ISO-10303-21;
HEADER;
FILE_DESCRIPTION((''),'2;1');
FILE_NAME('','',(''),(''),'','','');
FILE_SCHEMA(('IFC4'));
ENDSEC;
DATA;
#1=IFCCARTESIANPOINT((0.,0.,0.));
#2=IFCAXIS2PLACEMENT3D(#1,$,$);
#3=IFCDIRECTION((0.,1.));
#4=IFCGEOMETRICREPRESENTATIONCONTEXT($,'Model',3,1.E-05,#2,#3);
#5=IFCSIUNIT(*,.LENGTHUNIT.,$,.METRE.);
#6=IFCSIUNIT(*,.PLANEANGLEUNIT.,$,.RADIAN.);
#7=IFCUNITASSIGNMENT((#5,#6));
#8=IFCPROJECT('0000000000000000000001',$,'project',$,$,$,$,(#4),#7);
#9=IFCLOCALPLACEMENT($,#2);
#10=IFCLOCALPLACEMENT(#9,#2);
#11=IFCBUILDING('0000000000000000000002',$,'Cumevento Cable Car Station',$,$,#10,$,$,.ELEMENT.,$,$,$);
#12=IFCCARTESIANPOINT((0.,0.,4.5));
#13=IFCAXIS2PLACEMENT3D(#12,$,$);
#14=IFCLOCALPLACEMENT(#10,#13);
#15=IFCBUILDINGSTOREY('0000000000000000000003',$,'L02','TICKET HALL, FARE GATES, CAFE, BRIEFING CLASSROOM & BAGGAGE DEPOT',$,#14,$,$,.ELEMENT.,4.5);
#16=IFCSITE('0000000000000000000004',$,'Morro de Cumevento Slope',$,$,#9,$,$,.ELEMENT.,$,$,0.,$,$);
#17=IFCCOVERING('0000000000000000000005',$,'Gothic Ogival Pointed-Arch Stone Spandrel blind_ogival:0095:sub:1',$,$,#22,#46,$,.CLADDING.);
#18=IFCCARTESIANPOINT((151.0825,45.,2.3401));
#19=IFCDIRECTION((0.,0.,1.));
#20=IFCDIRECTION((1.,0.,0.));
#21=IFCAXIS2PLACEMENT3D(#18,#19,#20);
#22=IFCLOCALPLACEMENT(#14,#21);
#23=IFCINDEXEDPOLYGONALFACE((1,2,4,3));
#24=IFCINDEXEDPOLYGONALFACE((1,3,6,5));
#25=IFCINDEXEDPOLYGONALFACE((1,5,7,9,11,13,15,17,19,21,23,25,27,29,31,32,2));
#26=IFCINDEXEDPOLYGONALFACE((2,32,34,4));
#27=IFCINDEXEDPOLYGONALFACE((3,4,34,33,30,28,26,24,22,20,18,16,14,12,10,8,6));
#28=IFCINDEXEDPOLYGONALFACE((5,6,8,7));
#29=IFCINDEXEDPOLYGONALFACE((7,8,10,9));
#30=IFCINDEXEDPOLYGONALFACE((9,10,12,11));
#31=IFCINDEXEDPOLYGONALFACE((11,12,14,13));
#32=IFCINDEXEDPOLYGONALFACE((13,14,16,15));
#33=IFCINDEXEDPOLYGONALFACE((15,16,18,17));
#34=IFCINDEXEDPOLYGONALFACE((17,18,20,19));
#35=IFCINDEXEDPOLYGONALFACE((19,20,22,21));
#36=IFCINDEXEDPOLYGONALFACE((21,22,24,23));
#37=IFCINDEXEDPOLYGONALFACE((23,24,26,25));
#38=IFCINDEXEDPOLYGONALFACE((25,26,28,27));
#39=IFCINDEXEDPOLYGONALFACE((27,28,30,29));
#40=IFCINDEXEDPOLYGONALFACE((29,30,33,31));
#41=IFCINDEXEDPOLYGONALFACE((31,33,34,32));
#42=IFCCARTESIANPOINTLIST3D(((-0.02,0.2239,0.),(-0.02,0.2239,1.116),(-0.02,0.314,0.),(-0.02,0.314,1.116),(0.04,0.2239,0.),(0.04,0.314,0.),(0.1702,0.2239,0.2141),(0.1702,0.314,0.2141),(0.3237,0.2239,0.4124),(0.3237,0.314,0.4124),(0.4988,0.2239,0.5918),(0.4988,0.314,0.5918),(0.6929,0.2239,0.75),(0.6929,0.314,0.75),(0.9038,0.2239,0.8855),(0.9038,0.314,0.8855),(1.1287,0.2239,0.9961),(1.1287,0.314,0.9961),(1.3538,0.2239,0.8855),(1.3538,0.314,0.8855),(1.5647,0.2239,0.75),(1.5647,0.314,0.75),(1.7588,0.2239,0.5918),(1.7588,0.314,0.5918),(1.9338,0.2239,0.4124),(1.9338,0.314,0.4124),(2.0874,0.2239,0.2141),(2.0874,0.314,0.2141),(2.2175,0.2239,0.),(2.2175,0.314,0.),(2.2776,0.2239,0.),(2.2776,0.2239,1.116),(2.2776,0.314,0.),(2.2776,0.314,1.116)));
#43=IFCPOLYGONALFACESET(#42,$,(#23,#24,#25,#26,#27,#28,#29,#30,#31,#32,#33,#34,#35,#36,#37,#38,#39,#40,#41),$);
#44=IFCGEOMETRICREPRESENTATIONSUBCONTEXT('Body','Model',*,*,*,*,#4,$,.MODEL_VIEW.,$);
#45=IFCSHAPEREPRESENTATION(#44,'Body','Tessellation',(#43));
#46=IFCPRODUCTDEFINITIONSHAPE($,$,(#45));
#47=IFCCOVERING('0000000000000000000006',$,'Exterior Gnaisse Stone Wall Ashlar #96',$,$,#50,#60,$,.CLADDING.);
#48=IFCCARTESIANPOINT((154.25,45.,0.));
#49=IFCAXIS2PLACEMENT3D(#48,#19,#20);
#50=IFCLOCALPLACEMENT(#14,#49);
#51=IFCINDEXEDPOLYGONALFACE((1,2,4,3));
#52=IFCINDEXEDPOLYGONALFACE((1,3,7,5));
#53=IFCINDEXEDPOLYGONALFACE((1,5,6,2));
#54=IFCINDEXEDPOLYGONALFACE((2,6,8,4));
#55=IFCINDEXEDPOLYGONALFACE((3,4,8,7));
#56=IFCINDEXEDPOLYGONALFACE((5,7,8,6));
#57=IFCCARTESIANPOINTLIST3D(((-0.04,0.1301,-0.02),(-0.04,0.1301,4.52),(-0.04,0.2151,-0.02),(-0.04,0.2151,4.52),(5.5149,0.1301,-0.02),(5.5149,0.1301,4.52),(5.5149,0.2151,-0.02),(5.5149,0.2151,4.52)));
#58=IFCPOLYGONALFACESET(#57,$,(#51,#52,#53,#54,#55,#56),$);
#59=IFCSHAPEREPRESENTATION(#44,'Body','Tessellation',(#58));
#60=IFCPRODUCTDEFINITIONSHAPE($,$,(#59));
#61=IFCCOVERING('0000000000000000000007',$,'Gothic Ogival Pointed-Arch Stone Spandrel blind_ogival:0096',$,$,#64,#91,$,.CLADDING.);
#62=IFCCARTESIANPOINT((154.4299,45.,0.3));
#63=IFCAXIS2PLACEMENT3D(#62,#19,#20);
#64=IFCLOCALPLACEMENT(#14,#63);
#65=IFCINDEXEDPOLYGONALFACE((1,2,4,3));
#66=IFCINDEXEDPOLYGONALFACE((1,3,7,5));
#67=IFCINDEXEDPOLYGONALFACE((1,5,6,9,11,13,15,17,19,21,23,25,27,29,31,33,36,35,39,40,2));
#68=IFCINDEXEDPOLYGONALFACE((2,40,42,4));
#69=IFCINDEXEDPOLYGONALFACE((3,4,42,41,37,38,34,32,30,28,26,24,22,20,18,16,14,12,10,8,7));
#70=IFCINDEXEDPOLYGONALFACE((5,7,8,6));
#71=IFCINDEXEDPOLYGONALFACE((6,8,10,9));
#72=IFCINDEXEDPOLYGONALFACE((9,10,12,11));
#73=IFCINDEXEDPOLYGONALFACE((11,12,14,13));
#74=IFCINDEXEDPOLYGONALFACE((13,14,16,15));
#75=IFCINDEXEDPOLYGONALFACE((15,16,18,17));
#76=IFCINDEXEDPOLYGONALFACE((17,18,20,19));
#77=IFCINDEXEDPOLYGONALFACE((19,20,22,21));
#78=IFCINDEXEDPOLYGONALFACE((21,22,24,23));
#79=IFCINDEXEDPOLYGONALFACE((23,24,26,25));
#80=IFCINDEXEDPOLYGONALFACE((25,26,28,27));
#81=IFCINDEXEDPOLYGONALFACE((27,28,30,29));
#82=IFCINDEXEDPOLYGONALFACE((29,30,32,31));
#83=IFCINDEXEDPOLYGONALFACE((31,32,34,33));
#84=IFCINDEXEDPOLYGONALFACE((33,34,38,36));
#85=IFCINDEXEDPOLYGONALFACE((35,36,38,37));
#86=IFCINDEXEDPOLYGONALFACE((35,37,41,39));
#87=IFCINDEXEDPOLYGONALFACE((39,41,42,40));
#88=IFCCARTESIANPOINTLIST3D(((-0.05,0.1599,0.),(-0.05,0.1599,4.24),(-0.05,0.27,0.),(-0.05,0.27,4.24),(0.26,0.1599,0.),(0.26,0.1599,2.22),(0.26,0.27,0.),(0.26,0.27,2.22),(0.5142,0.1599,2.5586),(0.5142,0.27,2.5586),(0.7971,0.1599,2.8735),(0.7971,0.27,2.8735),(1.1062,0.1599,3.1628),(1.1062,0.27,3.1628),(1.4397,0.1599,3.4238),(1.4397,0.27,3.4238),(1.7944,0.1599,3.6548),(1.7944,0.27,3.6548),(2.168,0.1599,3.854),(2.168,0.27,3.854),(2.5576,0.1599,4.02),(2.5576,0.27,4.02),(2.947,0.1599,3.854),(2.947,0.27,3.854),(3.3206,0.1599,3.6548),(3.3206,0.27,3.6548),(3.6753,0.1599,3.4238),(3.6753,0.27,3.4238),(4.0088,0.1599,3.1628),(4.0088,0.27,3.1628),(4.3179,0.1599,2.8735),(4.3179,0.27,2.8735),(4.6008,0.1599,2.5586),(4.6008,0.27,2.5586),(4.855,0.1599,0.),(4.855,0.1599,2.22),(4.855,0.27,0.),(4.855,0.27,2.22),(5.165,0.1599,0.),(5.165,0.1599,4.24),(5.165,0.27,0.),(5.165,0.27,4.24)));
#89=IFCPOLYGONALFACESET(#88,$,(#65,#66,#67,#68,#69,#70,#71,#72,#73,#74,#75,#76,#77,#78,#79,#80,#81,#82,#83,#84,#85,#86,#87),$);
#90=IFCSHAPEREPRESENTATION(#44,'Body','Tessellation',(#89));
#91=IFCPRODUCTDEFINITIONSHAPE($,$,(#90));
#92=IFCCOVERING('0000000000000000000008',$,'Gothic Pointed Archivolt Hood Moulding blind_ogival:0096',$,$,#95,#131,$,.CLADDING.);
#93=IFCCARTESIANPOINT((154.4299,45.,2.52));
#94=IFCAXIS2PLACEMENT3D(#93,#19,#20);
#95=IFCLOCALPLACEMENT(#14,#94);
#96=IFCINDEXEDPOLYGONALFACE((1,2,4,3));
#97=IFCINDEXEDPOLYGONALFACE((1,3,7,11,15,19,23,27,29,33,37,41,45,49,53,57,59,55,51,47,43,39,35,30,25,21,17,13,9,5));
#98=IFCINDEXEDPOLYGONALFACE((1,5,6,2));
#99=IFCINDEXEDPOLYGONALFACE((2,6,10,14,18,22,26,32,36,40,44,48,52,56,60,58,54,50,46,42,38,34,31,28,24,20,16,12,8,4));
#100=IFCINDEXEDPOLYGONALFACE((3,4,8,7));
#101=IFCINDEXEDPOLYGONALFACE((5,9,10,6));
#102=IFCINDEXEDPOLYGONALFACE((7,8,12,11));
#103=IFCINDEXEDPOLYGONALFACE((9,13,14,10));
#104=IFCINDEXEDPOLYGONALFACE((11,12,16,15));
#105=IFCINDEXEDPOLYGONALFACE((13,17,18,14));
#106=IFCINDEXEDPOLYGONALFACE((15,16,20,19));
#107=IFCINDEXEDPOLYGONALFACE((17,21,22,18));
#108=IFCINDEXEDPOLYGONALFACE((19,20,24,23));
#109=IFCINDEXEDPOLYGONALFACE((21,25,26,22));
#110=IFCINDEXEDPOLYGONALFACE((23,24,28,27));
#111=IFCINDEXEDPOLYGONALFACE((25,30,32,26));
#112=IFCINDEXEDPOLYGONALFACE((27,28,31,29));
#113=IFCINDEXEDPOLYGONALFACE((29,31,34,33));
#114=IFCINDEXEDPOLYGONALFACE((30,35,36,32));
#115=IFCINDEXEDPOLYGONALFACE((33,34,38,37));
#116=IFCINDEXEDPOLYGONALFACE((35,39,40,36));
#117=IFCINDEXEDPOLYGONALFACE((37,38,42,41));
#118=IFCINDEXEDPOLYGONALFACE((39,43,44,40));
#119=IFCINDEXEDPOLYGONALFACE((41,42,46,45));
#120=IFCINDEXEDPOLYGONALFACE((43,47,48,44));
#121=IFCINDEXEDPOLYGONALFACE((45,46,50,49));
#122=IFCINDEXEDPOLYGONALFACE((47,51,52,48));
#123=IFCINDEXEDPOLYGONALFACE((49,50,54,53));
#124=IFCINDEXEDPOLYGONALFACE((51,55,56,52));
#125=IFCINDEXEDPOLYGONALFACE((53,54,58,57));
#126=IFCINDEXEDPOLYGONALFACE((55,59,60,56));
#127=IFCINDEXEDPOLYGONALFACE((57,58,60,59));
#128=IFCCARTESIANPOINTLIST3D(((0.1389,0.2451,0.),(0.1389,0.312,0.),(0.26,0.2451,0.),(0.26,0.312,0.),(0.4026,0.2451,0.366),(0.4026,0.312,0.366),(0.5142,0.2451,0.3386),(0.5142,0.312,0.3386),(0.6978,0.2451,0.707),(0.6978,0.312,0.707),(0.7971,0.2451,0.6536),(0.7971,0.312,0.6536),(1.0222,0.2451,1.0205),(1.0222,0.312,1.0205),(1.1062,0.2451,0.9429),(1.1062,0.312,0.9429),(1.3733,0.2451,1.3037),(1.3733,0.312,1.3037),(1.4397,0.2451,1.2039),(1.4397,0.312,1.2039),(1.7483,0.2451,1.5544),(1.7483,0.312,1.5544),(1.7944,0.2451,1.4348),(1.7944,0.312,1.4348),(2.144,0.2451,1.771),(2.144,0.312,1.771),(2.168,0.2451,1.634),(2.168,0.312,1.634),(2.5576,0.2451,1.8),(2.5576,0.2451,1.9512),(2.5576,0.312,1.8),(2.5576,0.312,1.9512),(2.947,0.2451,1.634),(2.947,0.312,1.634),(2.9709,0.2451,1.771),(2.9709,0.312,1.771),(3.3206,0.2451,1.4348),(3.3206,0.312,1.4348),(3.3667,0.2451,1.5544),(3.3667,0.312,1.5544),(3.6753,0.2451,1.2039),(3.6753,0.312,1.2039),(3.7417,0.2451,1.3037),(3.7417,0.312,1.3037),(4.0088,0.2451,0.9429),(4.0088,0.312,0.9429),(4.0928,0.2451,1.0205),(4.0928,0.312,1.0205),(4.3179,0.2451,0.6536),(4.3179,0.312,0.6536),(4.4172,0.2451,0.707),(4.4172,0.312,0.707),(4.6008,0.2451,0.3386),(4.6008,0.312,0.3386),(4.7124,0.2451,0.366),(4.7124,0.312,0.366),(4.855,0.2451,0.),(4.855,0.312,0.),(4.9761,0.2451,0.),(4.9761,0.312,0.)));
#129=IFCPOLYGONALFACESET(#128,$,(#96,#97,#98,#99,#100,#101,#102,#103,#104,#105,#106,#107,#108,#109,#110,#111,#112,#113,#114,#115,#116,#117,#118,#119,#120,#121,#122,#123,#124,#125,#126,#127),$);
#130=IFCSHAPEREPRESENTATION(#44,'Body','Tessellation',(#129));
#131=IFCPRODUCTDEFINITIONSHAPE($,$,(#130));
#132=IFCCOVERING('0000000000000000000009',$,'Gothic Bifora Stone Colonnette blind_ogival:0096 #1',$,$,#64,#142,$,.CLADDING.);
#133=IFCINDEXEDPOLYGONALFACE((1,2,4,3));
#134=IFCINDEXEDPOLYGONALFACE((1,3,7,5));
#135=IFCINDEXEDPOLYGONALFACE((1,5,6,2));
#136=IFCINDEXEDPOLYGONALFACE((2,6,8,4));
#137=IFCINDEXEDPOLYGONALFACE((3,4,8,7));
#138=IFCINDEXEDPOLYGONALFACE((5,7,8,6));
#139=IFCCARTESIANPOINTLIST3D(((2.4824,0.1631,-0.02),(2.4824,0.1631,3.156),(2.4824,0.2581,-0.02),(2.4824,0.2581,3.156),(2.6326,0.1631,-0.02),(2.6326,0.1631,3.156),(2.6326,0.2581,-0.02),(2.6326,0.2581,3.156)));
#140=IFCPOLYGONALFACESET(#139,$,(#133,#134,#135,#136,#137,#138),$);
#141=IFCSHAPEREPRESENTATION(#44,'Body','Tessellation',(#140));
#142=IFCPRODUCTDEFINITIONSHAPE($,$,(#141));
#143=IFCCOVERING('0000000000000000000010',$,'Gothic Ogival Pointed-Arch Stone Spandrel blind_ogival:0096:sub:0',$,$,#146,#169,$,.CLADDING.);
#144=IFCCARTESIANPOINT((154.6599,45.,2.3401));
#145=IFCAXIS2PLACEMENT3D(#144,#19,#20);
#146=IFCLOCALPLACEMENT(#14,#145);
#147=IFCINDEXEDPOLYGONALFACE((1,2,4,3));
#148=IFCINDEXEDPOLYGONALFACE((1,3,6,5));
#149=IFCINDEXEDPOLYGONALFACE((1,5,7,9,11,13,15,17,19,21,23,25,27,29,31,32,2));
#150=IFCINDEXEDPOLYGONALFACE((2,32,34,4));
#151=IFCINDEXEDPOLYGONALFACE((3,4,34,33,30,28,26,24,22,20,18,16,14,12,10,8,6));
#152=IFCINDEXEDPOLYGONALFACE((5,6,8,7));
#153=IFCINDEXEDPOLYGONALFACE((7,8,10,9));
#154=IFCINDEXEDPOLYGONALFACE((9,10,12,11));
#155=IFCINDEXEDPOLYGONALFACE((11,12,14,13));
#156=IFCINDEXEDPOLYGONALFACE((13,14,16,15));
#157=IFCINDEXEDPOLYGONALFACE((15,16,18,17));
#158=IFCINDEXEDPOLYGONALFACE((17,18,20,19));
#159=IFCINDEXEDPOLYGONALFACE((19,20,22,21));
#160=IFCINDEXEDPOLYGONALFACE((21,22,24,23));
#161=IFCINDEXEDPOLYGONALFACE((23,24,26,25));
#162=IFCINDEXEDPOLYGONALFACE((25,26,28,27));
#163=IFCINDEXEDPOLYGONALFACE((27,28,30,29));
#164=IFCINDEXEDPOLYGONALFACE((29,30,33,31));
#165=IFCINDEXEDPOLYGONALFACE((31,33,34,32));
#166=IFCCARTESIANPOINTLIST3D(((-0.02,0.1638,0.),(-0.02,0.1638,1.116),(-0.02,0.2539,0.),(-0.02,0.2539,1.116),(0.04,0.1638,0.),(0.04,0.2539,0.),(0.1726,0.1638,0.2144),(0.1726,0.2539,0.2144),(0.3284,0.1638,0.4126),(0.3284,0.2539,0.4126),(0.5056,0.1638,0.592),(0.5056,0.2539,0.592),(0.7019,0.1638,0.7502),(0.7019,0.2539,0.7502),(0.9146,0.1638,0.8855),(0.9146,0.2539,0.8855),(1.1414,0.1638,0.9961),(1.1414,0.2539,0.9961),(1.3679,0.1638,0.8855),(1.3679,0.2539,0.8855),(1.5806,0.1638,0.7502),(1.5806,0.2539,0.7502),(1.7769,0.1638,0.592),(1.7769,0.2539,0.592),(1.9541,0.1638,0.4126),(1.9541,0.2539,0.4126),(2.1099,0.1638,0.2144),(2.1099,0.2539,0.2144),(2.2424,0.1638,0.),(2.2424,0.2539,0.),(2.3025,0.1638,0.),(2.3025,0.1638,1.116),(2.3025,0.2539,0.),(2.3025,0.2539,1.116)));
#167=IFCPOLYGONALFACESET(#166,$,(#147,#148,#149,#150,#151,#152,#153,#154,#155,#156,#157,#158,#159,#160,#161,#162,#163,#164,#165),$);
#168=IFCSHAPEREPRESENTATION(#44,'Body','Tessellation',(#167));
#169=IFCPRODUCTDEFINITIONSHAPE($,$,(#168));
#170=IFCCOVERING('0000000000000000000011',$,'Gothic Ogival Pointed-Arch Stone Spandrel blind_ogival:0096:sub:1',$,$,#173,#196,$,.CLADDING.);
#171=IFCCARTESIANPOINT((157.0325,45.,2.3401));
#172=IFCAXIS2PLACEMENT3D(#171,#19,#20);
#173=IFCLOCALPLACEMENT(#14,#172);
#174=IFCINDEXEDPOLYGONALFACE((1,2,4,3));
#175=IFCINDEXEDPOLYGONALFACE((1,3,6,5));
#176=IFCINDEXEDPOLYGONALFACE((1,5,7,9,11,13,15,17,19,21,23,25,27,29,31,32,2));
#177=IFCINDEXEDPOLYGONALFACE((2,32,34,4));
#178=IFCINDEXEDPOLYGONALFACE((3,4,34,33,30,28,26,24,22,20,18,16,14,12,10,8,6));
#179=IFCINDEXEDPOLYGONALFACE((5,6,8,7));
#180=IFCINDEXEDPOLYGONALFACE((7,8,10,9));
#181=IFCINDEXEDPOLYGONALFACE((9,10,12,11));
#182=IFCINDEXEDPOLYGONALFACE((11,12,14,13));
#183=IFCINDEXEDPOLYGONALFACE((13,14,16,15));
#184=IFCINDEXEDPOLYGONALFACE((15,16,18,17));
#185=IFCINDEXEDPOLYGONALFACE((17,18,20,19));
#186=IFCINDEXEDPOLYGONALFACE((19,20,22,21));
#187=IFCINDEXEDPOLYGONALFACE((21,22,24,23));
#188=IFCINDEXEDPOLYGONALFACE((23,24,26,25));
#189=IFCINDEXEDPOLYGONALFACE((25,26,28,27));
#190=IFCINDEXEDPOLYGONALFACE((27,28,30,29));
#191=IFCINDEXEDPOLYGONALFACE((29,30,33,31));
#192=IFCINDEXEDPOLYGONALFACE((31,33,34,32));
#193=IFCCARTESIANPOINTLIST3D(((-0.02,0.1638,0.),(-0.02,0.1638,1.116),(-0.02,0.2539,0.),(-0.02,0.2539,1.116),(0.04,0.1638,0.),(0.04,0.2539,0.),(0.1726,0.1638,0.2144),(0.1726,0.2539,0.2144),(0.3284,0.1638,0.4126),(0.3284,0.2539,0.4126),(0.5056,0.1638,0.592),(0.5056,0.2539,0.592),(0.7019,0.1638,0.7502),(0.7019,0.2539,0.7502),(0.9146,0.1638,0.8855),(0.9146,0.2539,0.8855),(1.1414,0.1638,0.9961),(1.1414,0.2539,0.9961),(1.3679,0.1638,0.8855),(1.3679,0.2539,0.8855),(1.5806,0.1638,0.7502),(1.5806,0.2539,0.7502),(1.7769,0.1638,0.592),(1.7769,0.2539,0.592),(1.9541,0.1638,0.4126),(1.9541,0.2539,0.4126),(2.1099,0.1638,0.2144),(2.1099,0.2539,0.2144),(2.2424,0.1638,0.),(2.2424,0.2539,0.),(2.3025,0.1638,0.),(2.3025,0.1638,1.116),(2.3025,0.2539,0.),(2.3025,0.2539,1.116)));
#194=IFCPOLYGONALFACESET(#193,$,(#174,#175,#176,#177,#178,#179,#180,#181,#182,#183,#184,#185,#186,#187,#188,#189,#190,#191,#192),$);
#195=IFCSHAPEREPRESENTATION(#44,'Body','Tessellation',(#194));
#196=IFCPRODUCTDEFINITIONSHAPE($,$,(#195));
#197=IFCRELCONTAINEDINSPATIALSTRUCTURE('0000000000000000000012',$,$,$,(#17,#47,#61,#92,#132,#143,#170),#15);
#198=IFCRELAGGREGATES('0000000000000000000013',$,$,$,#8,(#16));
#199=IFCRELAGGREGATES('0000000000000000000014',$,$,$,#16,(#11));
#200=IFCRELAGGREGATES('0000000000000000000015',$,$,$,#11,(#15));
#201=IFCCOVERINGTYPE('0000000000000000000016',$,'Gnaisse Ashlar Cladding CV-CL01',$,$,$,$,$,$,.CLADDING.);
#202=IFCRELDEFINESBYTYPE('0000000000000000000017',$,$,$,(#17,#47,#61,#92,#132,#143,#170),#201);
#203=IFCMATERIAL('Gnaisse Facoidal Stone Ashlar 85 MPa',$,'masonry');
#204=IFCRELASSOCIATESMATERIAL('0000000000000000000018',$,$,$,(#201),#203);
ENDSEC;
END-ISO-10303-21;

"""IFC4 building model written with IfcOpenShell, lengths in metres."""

from ifc_helpers import new_model, si_unit, direction, frame, origin, place, context, subcontext, project, spatial, polyline, outline, extrude, material, type_object, element, save


model = new_model("IFC4")

# Units and contexts
model_context = context("Model", 3, precision=1e-05, world=origin(), true_north=direction((0.0, 1.0)))
body_context = subcontext(model_context, "Body", "Model", "MODEL_VIEW")
ifc_project = project(units=[si_unit("LENGTHUNIT", "METRE"), si_unit("PLANEANGLEUNIT", "RADIAN")], contexts=[model_context])

# Site, building, storey
site_placement = place(None, origin())
site = spatial("IfcSite", under=ifc_project, at=site_placement, Name="Morro de Cumevento Slope", CompositionType="ELEMENT", RefElevation=0.0)
building_placement = place(site_placement, origin())
building = spatial("IfcBuilding", under=site, at=building_placement, Name="Cumevento Cable Car Station", CompositionType="ELEMENT")
storey_placement = place(building_placement, frame((0.0, 0.0, 4.5)))
storey = spatial("IfcBuildingStorey", under=building, at=storey_placement, Name="L02", Description="TICKET HALL, FARE GATES, CAFE, BRIEFING CLASSROOM & BAGGAGE DEPOT", CompositionType="ELEMENT", Elevation=4.5)

# Coverings
ifc_material_1 = material(Name="Gnaisse Facoidal Stone Ashlar 85 MPa", Category="masonry")
covering_type = type_object("IfcCoveringType", Name="Gnaisse Ashlar Cladding CV-CL01", PredefinedType="CLADDING", material=ifc_material_1)
covering_1_placement = place(storey_placement, frame((151.0825, 45.0, 2.3401), z_axis=(0.0, 0.0, 1.0), x_axis=(1.0, 0.0, 0.0)))
element("IfcCovering", 1, at=covering_1_placement, inside=storey, type_object=covering_type, Name="Gothic Ogival Pointed-Arch Stone Spandrel blind_ogival:0095:sub:1", PredefinedType="CLADDING", context=body_context, shape_type="SweptSolid", body=[
    extrude(outline(polyline([(-0.02, 0.0), (-0.02, 1.116), (2.2776, 1.116), (2.2776, 0.0), (2.2175, 0.0), (2.0874, 0.2141), (1.9338, 0.4124), (1.7588, 0.5918), (1.5647, 0.75), (1.3538, 0.8855), (1.1287, 0.9961), (0.9038, 0.8855), (0.6929, 0.75), (0.4988, 0.5918), (0.3237, 0.4124), (0.1702, 0.2141), (0.04, 0.0), (-0.02, 0.0)])), frame((0.0, 0.314, 0.0), z_axis=(0.0, -1.0, 0.0), x_axis=(1.0, 0.0, 0.0)), (0.0, 0.0, 1.0), 0.0901),
])
covering_2_placement = place(storey_placement, frame((154.25, 45.0, 0.0), z_axis=(0.0, 0.0, 1.0), x_axis=(1.0, 0.0, 0.0)))
element("IfcCovering", 2, at=covering_2_placement, inside=storey, type_object=covering_type, Name="Exterior Gnaisse Stone Wall Ashlar #96", PredefinedType="CLADDING", context=body_context, shape_type="SweptSolid", body=[
    extrude(outline(polyline([(-0.04, -0.02), (5.5149, -0.02), (5.5149, 4.52), (-0.04, 4.52), (-0.04, -0.02)])), frame((0.0, 0.2151, 0.0), z_axis=(0.0, -1.0, 0.0), x_axis=(1.0, 0.0, 0.0)), (0.0, 0.0, 1.0), 0.085),
])
placement = place(storey_placement, frame((154.4299, 45.0, 0.3), z_axis=(0.0, 0.0, 1.0), x_axis=(1.0, 0.0, 0.0)))
element("IfcCovering", 3, at=placement, inside=storey, type_object=covering_type, Name="Gothic Ogival Pointed-Arch Stone Spandrel blind_ogival:0096", PredefinedType="CLADDING", context=body_context, shape_type="SweptSolid", body=[
    extrude(outline(polyline([(-0.05, 0.0), (-0.05, 4.24), (5.165, 4.24), (5.165, 0.0), (4.855, 0.0), (4.855, 2.22), (4.6008, 2.5586), (4.3179, 2.8735), (4.0088, 3.1628), (3.6753, 3.4238), (3.3206, 3.6548), (2.947, 3.854), (2.5576, 4.02), (2.168, 3.854), (1.7944, 3.6548), (1.4397, 3.4238), (1.1062, 3.1628), (0.7971, 2.8735), (0.5142, 2.5586), (0.26, 2.22), (0.26, 0.0), (-0.05, 0.0)])), frame((0.0, 0.27, 0.0), z_axis=(0.0, -1.0, 0.0), x_axis=(1.0, 0.0, 0.0)), (0.0, 0.0, 1.0), 0.1101),
])
covering_3_placement = place(storey_placement, frame((154.4299, 45.0, 2.52), z_axis=(0.0, 0.0, 1.0), x_axis=(1.0, 0.0, 0.0)))
element("IfcCovering", 4, at=covering_3_placement, inside=storey, type_object=covering_type, Name="Gothic Pointed Archivolt Hood Moulding blind_ogival:0096", PredefinedType="CLADDING", context=body_context, shape_type="SweptSolid", body=[
    extrude(outline(polyline([(0.26, 0.0), (0.5142, 0.3386), (0.7971, 0.6536), (1.1062, 0.9429), (1.4397, 1.2039), (1.7944, 1.4348), (2.168, 1.634), (2.5576, 1.8), (2.947, 1.634), (3.3206, 1.4348), (3.6753, 1.2039), (4.0088, 0.9429), (4.3179, 0.6536), (4.6008, 0.3386), (4.855, 0.0), (4.9761, 0.0), (4.7124, 0.366), (4.4172, 0.707), (4.0928, 1.0205), (3.7417, 1.3037), (3.3667, 1.5544), (2.9709, 1.771), (2.5576, 1.9512), (2.144, 1.771), (1.7483, 1.5544), (1.3733, 1.3037), (1.0222, 1.0205), (0.6978, 0.707), (0.4026, 0.366), (0.1389, 0.0), (0.26, 0.0)])), frame((0.0, 0.312, 0.0), z_axis=(0.0, -1.0, 0.0), x_axis=(1.0, 0.0, 0.0)), (0.0, 0.0, 1.0), 0.0669),
])
element("IfcCovering", 5, at=placement, inside=storey, type_object=covering_type, Name="Gothic Bifora Stone Colonnette blind_ogival:0096 #1", PredefinedType="CLADDING", context=body_context, shape_type="SweptSolid", body=[
    extrude(outline(polyline([(2.4824, -0.02), (2.6326, -0.02), (2.6326, 3.156), (2.4824, 3.156), (2.4824, -0.02)])), frame((0.0, 0.2581, 0.0), z_axis=(0.0, -1.0, 0.0), x_axis=(1.0, 0.0, 0.0)), (0.0, 0.0, 1.0), 0.095),
])
for number, where, z_axis, x_axis, name in (
    (6, (154.6599, 45.0, 2.3401), (0.0, 0.0, 1.0), (1.0, 0.0, 0.0), "Gothic Ogival Pointed-Arch Stone Spandrel blind_ogival:0096:sub:0"),
    (7, (157.0325, 45.0, 2.3401), (0.0, 0.0, 1.0), (1.0, 0.0, 0.0), "Gothic Ogival Pointed-Arch Stone Spandrel blind_ogival:0096:sub:1"),
):
    element("IfcCovering", number, at=place(storey_placement, frame(where, z_axis=z_axis, x_axis=x_axis)), inside=storey, type_object=covering_type, Name=name, PredefinedType="CLADDING", context=body_context, shape_type="SweptSolid", body=[
        extrude(outline(polyline([(-0.02, 0.0), (-0.02, 1.116), (2.3025, 1.116), (2.3025, 0.0), (2.2424, 0.0), (2.1099, 0.2144), (1.9541, 0.4126), (1.7769, 0.592), (1.5806, 0.7502), (1.3679, 0.8855), (1.1414, 0.9961), (0.9146, 0.8855), (0.7019, 0.7502), (0.5056, 0.592), (0.3284, 0.4126), (0.1726, 0.2144), (0.04, 0.0), (-0.02, 0.0)])), frame((0.0, 0.2539, 0.0), z_axis=(0.0, -1.0, 0.0), x_axis=(1.0, 0.0, 0.0)), (0.0, 0.0, 1.0), 0.0901),
    ])

save(model, "model.ifc")
